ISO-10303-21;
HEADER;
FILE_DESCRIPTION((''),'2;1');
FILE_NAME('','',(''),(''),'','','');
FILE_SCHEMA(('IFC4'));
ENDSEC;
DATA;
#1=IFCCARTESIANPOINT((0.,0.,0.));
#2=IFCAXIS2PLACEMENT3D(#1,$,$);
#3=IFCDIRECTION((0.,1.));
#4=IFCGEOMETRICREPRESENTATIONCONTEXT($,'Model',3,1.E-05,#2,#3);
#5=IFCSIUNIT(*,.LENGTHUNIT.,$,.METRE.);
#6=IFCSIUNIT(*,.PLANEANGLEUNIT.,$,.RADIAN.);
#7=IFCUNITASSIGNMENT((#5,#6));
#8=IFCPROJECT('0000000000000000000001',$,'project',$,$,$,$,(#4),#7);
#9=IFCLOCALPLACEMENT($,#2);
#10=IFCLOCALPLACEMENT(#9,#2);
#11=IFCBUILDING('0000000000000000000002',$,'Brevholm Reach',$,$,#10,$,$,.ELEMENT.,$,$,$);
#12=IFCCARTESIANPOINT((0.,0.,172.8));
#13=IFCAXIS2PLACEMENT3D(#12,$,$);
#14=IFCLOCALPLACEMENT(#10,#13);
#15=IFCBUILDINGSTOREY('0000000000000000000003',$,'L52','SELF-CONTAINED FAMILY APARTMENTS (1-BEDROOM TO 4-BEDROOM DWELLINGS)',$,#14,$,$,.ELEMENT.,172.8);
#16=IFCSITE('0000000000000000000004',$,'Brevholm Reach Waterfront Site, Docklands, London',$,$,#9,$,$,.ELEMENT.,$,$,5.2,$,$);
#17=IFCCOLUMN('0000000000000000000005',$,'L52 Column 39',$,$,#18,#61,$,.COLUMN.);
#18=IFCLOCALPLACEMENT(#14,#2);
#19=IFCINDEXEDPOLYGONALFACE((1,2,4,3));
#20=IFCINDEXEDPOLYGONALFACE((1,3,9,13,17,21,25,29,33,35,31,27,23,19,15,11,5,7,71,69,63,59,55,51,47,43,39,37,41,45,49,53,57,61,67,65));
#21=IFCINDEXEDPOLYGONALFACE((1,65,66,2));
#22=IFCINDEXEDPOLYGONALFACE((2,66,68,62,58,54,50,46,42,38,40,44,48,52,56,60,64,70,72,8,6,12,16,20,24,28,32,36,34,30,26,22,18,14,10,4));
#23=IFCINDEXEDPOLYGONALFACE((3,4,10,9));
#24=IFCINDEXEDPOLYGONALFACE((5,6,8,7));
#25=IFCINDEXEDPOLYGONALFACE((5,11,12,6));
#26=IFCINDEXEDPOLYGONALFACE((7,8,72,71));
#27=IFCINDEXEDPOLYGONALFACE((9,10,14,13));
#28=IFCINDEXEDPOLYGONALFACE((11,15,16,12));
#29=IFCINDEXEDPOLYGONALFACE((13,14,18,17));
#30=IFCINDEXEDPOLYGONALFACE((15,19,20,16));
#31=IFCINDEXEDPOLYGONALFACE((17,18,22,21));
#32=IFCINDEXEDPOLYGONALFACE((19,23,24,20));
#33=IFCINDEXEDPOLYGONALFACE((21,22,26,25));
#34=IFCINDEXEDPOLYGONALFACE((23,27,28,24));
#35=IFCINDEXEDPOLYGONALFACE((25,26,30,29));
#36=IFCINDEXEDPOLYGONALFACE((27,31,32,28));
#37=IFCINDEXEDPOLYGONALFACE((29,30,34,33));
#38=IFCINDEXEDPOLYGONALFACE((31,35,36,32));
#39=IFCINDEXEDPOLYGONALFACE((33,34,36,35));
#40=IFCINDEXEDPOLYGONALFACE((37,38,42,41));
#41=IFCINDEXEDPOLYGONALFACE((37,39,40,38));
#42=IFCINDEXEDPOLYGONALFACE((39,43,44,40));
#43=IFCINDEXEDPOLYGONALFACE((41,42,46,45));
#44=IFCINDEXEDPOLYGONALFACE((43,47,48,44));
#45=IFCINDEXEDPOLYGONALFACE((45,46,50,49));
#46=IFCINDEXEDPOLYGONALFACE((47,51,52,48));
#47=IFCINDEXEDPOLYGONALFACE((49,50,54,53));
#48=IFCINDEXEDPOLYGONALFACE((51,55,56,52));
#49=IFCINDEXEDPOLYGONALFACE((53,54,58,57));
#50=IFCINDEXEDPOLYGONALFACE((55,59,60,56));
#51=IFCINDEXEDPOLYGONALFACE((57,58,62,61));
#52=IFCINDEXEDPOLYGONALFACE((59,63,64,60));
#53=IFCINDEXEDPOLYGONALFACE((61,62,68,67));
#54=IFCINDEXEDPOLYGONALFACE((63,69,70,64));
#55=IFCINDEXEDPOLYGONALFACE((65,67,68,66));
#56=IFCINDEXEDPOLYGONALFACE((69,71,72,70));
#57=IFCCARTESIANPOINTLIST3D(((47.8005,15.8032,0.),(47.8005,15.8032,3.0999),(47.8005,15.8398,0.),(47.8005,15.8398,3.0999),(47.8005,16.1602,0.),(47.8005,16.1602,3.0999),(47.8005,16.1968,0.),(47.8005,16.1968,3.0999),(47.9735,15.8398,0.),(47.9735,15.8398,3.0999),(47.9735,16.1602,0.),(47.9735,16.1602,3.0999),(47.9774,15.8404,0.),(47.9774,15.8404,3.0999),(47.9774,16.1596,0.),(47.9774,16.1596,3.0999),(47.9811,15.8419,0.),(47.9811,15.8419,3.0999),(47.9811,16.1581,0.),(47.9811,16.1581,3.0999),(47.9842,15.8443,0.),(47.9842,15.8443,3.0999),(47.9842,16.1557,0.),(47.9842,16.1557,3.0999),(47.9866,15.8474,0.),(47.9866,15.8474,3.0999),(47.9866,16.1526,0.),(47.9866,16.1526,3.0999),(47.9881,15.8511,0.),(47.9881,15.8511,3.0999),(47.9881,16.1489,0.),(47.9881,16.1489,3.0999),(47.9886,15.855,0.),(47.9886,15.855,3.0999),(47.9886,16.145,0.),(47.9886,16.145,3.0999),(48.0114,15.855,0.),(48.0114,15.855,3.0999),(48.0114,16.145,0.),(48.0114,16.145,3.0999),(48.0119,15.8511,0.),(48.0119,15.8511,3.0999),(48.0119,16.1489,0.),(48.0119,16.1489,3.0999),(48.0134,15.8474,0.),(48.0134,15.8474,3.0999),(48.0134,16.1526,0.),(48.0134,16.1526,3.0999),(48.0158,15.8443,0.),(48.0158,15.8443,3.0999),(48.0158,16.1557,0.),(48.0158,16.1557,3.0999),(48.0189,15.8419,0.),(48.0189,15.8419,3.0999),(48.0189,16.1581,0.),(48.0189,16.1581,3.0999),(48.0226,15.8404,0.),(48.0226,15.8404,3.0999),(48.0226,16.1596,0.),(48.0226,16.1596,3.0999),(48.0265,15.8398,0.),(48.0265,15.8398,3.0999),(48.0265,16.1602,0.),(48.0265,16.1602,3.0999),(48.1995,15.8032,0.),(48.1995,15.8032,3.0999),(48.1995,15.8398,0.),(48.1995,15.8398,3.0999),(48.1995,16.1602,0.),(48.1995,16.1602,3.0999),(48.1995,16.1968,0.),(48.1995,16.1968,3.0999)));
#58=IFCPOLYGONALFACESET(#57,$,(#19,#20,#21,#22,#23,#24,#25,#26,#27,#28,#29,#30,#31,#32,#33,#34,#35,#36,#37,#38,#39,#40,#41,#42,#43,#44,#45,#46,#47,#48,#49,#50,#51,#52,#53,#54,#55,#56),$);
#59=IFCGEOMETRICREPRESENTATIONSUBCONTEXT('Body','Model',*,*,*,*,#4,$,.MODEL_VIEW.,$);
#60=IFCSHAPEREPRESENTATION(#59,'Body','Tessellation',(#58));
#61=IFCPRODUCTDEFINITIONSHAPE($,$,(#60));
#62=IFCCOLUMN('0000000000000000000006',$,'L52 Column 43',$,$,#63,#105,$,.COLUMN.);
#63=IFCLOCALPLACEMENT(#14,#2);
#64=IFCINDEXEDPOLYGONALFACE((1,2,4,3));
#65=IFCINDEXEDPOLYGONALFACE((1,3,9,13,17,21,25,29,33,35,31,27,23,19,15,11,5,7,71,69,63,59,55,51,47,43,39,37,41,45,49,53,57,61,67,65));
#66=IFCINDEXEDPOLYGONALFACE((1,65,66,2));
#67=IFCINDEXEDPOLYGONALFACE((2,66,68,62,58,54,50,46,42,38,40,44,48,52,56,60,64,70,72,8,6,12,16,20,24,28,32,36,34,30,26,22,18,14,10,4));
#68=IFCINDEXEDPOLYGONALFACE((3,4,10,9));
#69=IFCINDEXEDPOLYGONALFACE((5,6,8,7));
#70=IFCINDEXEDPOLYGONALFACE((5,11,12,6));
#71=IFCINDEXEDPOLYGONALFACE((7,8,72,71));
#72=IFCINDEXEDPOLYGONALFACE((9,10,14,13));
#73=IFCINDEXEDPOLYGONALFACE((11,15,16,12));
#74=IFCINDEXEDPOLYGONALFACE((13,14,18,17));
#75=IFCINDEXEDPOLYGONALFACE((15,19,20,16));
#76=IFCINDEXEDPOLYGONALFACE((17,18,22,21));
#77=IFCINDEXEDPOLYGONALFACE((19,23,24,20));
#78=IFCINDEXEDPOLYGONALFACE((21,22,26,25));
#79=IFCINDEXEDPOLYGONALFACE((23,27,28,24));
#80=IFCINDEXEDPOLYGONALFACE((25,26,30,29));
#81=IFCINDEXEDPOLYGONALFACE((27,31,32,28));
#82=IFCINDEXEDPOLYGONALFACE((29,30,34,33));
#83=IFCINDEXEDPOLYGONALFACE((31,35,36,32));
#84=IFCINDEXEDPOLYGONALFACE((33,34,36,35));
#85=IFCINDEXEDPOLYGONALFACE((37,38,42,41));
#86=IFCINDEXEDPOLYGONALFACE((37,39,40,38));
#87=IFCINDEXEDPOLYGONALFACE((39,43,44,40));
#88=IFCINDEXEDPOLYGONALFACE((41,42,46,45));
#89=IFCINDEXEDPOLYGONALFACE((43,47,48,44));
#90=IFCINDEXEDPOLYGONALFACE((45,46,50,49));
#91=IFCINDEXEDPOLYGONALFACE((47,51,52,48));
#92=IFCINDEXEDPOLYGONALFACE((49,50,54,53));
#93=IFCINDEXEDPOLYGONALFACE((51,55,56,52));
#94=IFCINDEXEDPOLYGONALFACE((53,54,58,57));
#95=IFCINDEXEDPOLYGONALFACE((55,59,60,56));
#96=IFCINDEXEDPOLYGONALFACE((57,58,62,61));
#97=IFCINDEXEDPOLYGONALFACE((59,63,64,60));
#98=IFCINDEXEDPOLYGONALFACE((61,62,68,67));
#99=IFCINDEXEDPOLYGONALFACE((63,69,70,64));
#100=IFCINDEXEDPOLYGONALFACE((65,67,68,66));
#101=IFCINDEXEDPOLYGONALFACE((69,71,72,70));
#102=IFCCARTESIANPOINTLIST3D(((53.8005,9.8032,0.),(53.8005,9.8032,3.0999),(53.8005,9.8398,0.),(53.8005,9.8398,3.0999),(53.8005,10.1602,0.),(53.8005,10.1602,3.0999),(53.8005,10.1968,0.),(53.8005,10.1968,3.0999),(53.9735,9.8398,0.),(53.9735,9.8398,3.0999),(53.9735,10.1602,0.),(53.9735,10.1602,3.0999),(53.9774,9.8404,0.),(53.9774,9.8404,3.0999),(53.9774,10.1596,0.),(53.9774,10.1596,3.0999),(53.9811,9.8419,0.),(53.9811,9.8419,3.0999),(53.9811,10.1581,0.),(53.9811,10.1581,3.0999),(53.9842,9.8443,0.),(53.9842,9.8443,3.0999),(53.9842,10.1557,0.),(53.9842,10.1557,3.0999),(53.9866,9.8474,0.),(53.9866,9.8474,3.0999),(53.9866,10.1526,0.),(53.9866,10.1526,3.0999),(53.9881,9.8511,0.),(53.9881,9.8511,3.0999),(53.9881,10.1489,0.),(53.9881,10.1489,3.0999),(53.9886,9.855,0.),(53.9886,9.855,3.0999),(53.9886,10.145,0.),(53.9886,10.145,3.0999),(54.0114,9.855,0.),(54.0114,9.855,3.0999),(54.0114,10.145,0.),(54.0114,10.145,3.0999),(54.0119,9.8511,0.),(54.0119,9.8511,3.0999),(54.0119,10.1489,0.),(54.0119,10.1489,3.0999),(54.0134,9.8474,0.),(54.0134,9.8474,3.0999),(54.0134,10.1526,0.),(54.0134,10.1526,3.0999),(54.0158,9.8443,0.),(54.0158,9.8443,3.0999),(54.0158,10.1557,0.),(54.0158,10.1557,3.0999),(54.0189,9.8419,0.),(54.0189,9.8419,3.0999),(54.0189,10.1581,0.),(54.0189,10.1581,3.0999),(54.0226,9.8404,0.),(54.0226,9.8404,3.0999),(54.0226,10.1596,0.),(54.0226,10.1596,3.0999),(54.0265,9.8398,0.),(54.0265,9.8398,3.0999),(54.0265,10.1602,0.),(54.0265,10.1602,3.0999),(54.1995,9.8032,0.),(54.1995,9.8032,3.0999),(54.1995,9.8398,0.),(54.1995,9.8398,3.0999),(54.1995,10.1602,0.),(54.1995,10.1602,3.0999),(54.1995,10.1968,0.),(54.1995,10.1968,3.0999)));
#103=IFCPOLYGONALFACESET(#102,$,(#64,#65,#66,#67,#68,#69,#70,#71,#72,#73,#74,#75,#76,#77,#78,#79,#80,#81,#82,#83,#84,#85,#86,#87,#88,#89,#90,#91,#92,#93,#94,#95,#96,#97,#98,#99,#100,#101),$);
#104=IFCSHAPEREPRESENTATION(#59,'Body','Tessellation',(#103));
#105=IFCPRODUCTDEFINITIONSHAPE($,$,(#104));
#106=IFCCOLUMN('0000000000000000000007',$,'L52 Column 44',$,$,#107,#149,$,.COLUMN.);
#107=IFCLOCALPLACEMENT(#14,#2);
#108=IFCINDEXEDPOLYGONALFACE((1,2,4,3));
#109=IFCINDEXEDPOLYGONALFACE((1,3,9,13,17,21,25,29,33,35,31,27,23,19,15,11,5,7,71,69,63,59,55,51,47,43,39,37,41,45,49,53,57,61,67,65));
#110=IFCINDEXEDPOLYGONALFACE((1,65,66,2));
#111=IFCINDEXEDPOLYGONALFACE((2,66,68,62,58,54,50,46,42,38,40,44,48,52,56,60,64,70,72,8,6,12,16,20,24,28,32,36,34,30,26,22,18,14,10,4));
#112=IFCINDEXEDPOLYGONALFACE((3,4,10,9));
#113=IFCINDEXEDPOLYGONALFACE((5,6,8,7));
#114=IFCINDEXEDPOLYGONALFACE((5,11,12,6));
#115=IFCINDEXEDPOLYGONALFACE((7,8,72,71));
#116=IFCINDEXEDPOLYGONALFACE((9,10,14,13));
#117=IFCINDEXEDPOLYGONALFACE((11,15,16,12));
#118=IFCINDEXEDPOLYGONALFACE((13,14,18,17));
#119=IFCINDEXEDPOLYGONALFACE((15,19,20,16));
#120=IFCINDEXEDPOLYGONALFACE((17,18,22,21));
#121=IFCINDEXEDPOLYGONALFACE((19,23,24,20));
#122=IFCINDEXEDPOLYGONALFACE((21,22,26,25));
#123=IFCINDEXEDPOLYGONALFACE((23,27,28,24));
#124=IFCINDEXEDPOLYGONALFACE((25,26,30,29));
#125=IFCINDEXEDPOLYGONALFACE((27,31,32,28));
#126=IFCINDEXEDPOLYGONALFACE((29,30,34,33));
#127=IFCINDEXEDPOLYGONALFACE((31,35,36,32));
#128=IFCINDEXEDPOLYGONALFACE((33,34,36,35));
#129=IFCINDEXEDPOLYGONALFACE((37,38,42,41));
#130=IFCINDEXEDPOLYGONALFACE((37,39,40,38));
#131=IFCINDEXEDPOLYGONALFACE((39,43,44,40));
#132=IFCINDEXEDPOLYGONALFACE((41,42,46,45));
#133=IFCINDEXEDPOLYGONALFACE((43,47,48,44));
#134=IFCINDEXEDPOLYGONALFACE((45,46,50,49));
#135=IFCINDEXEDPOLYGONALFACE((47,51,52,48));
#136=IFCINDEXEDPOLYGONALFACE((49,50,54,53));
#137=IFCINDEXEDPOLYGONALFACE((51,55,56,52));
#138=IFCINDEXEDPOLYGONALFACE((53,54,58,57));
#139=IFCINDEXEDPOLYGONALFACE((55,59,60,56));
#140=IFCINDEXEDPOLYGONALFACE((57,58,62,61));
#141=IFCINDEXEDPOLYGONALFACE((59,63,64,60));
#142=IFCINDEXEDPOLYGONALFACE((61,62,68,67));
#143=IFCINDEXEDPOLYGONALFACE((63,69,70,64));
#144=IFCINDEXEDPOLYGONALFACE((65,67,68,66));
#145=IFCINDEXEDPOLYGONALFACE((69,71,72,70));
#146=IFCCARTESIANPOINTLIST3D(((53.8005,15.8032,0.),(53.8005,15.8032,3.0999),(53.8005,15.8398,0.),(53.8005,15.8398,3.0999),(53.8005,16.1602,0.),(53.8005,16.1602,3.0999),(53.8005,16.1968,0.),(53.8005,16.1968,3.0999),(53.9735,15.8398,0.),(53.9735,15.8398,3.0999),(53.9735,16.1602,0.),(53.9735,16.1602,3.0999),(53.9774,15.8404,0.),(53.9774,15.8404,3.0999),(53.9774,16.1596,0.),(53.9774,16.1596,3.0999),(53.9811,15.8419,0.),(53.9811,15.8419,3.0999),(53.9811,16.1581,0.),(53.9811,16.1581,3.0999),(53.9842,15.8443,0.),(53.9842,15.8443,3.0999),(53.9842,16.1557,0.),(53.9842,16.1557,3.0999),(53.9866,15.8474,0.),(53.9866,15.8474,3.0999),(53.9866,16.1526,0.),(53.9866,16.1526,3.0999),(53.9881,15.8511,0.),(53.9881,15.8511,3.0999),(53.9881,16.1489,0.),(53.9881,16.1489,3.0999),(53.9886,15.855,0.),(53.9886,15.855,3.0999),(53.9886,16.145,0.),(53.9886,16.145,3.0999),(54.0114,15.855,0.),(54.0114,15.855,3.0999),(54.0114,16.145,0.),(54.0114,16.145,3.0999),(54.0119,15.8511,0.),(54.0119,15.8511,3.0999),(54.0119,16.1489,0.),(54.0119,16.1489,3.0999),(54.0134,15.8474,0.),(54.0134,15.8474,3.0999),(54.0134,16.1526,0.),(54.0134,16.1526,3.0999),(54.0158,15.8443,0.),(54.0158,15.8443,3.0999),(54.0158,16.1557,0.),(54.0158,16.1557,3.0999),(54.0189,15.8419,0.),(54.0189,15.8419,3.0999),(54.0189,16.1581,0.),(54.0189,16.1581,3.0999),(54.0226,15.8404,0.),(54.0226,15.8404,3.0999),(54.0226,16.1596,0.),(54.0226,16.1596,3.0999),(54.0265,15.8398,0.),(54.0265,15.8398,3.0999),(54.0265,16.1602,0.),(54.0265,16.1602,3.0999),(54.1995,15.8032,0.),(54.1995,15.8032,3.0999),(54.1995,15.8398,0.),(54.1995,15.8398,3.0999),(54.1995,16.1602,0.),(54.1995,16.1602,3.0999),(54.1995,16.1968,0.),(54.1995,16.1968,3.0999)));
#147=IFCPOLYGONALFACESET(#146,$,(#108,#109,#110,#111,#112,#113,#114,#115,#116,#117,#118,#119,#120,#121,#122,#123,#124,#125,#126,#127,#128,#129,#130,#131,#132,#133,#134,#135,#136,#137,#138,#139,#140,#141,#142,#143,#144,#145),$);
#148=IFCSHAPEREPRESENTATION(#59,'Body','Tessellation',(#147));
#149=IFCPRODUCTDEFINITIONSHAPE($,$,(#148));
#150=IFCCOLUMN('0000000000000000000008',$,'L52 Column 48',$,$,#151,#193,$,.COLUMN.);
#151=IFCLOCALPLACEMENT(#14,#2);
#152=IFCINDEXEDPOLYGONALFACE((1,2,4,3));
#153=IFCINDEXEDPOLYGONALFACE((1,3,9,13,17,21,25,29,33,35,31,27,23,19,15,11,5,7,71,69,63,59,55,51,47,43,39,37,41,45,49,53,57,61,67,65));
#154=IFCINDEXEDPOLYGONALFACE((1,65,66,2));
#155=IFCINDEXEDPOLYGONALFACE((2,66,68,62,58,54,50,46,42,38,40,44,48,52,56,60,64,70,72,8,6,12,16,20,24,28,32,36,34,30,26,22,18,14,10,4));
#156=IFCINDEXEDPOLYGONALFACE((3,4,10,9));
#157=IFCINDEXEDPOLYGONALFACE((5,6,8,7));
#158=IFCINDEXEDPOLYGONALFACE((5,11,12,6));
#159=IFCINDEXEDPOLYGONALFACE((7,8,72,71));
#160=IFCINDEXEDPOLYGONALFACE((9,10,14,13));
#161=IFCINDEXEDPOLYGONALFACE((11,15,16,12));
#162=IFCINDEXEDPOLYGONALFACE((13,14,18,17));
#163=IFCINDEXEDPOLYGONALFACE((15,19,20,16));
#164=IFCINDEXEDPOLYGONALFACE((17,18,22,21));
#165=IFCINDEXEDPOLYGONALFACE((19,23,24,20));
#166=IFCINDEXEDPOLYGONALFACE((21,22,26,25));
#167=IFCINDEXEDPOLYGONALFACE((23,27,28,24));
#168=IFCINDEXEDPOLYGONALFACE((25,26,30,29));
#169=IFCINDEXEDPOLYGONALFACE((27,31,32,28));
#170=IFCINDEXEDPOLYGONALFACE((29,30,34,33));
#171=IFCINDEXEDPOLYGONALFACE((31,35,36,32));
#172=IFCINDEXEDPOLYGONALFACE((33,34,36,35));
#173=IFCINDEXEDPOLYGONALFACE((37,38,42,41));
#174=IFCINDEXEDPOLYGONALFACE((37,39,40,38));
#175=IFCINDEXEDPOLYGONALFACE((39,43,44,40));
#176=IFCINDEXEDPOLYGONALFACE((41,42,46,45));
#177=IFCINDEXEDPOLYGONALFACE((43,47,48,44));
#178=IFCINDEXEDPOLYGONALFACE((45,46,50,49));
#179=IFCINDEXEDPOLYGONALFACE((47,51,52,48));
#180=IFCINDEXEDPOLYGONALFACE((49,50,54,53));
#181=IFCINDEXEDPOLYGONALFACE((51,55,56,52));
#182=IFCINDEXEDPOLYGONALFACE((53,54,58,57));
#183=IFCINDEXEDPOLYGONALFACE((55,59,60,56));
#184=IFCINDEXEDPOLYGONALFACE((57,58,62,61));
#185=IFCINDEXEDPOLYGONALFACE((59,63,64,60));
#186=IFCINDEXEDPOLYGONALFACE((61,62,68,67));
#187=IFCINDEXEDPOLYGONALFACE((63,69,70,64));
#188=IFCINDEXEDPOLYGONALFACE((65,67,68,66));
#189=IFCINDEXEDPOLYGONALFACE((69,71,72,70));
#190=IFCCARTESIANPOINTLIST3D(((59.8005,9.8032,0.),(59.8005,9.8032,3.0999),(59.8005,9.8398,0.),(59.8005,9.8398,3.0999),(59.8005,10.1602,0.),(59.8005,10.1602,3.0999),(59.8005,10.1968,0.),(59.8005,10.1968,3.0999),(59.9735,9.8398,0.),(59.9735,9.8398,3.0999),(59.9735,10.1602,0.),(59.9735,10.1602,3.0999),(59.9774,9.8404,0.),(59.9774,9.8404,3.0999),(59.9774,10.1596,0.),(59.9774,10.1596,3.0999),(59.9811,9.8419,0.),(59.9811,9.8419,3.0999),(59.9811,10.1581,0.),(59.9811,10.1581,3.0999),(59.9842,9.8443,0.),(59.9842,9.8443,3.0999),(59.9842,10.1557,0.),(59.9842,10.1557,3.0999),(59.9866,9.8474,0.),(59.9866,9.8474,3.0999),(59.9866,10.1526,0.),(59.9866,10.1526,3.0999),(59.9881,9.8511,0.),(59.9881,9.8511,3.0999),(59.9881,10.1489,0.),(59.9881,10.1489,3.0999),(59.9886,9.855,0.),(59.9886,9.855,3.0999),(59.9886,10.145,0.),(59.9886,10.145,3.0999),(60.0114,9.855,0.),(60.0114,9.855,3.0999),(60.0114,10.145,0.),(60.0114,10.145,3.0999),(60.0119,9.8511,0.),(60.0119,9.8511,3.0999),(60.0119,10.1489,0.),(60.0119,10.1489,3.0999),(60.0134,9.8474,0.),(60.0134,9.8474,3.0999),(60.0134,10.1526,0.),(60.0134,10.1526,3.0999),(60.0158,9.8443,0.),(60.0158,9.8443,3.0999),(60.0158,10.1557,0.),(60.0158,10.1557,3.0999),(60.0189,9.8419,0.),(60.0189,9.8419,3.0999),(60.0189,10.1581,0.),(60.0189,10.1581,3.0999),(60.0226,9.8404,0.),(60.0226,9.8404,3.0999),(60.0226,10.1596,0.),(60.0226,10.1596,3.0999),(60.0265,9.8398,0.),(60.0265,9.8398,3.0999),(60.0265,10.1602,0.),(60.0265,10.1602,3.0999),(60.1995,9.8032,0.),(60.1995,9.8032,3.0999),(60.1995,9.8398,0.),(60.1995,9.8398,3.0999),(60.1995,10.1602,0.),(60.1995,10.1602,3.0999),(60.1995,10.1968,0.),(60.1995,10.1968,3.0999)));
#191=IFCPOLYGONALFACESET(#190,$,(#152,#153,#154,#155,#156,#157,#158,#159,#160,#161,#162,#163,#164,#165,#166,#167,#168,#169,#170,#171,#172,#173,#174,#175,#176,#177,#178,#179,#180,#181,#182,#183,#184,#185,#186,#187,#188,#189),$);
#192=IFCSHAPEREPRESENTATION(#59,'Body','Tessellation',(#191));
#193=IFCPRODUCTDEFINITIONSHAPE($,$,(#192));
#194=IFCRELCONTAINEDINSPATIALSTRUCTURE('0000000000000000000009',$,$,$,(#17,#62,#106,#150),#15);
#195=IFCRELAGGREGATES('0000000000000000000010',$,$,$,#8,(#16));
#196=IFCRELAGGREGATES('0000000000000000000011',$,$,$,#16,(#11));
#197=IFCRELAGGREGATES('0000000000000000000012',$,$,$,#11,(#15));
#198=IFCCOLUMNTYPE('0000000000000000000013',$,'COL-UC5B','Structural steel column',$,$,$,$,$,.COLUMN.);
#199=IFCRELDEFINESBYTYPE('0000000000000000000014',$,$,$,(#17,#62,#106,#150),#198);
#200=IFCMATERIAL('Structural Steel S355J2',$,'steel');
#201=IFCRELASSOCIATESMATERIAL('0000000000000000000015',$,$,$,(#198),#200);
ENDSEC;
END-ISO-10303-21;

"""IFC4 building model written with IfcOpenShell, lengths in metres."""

from ifc_helpers import new_model, si_unit, direction, frame, origin, origin_2d, place, context, subcontext, project, spatial, i_section, extrude, material, material_profile, profile_set, type_object, element, save


model = new_model("IFC4")

# Units and contexts
model_context = context("Model", 3, precision=1e-05, world=origin(), true_north=direction((0.0, 1.0)))
body_context = subcontext(model_context, "Body", "Model", "MODEL_VIEW")
ifc_project = project(units=[si_unit("LENGTHUNIT", "METRE"), si_unit("PLANEANGLEUNIT", "RADIAN")], contexts=[model_context])

# Site, building, storey
site_placement = place(None, origin())
site = spatial("IfcSite", under=ifc_project, at=site_placement, Name="Brevholm Reach Waterfront Site, Docklands, London", CompositionType="ELEMENT", RefElevation=5.2)
building_placement = place(site_placement, origin())
building = spatial("IfcBuilding", under=site, at=building_placement, Name="Brevholm Reach", CompositionType="ELEMENT")
storey_placement = place(building_placement, frame((0.0, 0.0, 172.8)))
storey = spatial("IfcBuildingStorey", under=building, at=storey_placement, Name="L52", Description="SELF-CONTAINED FAMILY APARTMENTS (1-BEDROOM TO 4-BEDROOM DWELLINGS)", CompositionType="ELEMENT", Elevation=172.8)

# Columns
ifc_material_1 = material(Name="Structural Steel S355J2", Category="steel")
ifc_material_profile_1 = material_profile(ifc_material_1, i_section(OverallWidth=0.3989, OverallDepth=0.3936, WebThickness=0.0227, FlangeThickness=0.0366, FilletRadius=0.0151, at=origin_2d()), Name="UKC 356x406x287")
ifc_profile_set_1 = profile_set([ifc_material_profile_1], Name="Structural Steel S355J2")
column_type = type_object("IfcColumnType", Name="COL-UC5B", Description="Structural steel column", PredefinedType="COLUMN", material=ifc_profile_set_1)
for number, where, z_axis, x_axis, name in (
    (1, (48.0, 16.0, 0.0), (0.0, 0.0, 1.0), (1.0, 0.0, 0.0), "L52 Column 39"),
    (2, (54.0, 10.0, 0.0), (0.0, 0.0, 1.0), (1.0, 0.0, 0.0), "L52 Column 43"),
    (3, (54.0, 16.0, 0.0), (0.0, 0.0, 1.0), (1.0, 0.0, 0.0), "L52 Column 44"),
    (4, (60.0, 10.0, 0.0), (0.0, 0.0, 1.0), (1.0, 0.0, 0.0), "L52 Column 48"),
):
    element("IfcColumn", number, at=place(storey_placement, frame(where, z_axis=z_axis, x_axis=x_axis)), inside=storey, type_object=column_type, Name=name, PredefinedType="COLUMN", context=body_context, shape_type="SweptSolid", body=[
        extrude(i_section(OverallWidth=0.3989, OverallDepth=0.3936, WebThickness=0.0227, FlangeThickness=0.0366, FilletRadius=0.0151, at=origin_2d()), origin(), (0.0, 0.0, 1.0), 3.0999),
    ])

save(model, "model.ifc")
